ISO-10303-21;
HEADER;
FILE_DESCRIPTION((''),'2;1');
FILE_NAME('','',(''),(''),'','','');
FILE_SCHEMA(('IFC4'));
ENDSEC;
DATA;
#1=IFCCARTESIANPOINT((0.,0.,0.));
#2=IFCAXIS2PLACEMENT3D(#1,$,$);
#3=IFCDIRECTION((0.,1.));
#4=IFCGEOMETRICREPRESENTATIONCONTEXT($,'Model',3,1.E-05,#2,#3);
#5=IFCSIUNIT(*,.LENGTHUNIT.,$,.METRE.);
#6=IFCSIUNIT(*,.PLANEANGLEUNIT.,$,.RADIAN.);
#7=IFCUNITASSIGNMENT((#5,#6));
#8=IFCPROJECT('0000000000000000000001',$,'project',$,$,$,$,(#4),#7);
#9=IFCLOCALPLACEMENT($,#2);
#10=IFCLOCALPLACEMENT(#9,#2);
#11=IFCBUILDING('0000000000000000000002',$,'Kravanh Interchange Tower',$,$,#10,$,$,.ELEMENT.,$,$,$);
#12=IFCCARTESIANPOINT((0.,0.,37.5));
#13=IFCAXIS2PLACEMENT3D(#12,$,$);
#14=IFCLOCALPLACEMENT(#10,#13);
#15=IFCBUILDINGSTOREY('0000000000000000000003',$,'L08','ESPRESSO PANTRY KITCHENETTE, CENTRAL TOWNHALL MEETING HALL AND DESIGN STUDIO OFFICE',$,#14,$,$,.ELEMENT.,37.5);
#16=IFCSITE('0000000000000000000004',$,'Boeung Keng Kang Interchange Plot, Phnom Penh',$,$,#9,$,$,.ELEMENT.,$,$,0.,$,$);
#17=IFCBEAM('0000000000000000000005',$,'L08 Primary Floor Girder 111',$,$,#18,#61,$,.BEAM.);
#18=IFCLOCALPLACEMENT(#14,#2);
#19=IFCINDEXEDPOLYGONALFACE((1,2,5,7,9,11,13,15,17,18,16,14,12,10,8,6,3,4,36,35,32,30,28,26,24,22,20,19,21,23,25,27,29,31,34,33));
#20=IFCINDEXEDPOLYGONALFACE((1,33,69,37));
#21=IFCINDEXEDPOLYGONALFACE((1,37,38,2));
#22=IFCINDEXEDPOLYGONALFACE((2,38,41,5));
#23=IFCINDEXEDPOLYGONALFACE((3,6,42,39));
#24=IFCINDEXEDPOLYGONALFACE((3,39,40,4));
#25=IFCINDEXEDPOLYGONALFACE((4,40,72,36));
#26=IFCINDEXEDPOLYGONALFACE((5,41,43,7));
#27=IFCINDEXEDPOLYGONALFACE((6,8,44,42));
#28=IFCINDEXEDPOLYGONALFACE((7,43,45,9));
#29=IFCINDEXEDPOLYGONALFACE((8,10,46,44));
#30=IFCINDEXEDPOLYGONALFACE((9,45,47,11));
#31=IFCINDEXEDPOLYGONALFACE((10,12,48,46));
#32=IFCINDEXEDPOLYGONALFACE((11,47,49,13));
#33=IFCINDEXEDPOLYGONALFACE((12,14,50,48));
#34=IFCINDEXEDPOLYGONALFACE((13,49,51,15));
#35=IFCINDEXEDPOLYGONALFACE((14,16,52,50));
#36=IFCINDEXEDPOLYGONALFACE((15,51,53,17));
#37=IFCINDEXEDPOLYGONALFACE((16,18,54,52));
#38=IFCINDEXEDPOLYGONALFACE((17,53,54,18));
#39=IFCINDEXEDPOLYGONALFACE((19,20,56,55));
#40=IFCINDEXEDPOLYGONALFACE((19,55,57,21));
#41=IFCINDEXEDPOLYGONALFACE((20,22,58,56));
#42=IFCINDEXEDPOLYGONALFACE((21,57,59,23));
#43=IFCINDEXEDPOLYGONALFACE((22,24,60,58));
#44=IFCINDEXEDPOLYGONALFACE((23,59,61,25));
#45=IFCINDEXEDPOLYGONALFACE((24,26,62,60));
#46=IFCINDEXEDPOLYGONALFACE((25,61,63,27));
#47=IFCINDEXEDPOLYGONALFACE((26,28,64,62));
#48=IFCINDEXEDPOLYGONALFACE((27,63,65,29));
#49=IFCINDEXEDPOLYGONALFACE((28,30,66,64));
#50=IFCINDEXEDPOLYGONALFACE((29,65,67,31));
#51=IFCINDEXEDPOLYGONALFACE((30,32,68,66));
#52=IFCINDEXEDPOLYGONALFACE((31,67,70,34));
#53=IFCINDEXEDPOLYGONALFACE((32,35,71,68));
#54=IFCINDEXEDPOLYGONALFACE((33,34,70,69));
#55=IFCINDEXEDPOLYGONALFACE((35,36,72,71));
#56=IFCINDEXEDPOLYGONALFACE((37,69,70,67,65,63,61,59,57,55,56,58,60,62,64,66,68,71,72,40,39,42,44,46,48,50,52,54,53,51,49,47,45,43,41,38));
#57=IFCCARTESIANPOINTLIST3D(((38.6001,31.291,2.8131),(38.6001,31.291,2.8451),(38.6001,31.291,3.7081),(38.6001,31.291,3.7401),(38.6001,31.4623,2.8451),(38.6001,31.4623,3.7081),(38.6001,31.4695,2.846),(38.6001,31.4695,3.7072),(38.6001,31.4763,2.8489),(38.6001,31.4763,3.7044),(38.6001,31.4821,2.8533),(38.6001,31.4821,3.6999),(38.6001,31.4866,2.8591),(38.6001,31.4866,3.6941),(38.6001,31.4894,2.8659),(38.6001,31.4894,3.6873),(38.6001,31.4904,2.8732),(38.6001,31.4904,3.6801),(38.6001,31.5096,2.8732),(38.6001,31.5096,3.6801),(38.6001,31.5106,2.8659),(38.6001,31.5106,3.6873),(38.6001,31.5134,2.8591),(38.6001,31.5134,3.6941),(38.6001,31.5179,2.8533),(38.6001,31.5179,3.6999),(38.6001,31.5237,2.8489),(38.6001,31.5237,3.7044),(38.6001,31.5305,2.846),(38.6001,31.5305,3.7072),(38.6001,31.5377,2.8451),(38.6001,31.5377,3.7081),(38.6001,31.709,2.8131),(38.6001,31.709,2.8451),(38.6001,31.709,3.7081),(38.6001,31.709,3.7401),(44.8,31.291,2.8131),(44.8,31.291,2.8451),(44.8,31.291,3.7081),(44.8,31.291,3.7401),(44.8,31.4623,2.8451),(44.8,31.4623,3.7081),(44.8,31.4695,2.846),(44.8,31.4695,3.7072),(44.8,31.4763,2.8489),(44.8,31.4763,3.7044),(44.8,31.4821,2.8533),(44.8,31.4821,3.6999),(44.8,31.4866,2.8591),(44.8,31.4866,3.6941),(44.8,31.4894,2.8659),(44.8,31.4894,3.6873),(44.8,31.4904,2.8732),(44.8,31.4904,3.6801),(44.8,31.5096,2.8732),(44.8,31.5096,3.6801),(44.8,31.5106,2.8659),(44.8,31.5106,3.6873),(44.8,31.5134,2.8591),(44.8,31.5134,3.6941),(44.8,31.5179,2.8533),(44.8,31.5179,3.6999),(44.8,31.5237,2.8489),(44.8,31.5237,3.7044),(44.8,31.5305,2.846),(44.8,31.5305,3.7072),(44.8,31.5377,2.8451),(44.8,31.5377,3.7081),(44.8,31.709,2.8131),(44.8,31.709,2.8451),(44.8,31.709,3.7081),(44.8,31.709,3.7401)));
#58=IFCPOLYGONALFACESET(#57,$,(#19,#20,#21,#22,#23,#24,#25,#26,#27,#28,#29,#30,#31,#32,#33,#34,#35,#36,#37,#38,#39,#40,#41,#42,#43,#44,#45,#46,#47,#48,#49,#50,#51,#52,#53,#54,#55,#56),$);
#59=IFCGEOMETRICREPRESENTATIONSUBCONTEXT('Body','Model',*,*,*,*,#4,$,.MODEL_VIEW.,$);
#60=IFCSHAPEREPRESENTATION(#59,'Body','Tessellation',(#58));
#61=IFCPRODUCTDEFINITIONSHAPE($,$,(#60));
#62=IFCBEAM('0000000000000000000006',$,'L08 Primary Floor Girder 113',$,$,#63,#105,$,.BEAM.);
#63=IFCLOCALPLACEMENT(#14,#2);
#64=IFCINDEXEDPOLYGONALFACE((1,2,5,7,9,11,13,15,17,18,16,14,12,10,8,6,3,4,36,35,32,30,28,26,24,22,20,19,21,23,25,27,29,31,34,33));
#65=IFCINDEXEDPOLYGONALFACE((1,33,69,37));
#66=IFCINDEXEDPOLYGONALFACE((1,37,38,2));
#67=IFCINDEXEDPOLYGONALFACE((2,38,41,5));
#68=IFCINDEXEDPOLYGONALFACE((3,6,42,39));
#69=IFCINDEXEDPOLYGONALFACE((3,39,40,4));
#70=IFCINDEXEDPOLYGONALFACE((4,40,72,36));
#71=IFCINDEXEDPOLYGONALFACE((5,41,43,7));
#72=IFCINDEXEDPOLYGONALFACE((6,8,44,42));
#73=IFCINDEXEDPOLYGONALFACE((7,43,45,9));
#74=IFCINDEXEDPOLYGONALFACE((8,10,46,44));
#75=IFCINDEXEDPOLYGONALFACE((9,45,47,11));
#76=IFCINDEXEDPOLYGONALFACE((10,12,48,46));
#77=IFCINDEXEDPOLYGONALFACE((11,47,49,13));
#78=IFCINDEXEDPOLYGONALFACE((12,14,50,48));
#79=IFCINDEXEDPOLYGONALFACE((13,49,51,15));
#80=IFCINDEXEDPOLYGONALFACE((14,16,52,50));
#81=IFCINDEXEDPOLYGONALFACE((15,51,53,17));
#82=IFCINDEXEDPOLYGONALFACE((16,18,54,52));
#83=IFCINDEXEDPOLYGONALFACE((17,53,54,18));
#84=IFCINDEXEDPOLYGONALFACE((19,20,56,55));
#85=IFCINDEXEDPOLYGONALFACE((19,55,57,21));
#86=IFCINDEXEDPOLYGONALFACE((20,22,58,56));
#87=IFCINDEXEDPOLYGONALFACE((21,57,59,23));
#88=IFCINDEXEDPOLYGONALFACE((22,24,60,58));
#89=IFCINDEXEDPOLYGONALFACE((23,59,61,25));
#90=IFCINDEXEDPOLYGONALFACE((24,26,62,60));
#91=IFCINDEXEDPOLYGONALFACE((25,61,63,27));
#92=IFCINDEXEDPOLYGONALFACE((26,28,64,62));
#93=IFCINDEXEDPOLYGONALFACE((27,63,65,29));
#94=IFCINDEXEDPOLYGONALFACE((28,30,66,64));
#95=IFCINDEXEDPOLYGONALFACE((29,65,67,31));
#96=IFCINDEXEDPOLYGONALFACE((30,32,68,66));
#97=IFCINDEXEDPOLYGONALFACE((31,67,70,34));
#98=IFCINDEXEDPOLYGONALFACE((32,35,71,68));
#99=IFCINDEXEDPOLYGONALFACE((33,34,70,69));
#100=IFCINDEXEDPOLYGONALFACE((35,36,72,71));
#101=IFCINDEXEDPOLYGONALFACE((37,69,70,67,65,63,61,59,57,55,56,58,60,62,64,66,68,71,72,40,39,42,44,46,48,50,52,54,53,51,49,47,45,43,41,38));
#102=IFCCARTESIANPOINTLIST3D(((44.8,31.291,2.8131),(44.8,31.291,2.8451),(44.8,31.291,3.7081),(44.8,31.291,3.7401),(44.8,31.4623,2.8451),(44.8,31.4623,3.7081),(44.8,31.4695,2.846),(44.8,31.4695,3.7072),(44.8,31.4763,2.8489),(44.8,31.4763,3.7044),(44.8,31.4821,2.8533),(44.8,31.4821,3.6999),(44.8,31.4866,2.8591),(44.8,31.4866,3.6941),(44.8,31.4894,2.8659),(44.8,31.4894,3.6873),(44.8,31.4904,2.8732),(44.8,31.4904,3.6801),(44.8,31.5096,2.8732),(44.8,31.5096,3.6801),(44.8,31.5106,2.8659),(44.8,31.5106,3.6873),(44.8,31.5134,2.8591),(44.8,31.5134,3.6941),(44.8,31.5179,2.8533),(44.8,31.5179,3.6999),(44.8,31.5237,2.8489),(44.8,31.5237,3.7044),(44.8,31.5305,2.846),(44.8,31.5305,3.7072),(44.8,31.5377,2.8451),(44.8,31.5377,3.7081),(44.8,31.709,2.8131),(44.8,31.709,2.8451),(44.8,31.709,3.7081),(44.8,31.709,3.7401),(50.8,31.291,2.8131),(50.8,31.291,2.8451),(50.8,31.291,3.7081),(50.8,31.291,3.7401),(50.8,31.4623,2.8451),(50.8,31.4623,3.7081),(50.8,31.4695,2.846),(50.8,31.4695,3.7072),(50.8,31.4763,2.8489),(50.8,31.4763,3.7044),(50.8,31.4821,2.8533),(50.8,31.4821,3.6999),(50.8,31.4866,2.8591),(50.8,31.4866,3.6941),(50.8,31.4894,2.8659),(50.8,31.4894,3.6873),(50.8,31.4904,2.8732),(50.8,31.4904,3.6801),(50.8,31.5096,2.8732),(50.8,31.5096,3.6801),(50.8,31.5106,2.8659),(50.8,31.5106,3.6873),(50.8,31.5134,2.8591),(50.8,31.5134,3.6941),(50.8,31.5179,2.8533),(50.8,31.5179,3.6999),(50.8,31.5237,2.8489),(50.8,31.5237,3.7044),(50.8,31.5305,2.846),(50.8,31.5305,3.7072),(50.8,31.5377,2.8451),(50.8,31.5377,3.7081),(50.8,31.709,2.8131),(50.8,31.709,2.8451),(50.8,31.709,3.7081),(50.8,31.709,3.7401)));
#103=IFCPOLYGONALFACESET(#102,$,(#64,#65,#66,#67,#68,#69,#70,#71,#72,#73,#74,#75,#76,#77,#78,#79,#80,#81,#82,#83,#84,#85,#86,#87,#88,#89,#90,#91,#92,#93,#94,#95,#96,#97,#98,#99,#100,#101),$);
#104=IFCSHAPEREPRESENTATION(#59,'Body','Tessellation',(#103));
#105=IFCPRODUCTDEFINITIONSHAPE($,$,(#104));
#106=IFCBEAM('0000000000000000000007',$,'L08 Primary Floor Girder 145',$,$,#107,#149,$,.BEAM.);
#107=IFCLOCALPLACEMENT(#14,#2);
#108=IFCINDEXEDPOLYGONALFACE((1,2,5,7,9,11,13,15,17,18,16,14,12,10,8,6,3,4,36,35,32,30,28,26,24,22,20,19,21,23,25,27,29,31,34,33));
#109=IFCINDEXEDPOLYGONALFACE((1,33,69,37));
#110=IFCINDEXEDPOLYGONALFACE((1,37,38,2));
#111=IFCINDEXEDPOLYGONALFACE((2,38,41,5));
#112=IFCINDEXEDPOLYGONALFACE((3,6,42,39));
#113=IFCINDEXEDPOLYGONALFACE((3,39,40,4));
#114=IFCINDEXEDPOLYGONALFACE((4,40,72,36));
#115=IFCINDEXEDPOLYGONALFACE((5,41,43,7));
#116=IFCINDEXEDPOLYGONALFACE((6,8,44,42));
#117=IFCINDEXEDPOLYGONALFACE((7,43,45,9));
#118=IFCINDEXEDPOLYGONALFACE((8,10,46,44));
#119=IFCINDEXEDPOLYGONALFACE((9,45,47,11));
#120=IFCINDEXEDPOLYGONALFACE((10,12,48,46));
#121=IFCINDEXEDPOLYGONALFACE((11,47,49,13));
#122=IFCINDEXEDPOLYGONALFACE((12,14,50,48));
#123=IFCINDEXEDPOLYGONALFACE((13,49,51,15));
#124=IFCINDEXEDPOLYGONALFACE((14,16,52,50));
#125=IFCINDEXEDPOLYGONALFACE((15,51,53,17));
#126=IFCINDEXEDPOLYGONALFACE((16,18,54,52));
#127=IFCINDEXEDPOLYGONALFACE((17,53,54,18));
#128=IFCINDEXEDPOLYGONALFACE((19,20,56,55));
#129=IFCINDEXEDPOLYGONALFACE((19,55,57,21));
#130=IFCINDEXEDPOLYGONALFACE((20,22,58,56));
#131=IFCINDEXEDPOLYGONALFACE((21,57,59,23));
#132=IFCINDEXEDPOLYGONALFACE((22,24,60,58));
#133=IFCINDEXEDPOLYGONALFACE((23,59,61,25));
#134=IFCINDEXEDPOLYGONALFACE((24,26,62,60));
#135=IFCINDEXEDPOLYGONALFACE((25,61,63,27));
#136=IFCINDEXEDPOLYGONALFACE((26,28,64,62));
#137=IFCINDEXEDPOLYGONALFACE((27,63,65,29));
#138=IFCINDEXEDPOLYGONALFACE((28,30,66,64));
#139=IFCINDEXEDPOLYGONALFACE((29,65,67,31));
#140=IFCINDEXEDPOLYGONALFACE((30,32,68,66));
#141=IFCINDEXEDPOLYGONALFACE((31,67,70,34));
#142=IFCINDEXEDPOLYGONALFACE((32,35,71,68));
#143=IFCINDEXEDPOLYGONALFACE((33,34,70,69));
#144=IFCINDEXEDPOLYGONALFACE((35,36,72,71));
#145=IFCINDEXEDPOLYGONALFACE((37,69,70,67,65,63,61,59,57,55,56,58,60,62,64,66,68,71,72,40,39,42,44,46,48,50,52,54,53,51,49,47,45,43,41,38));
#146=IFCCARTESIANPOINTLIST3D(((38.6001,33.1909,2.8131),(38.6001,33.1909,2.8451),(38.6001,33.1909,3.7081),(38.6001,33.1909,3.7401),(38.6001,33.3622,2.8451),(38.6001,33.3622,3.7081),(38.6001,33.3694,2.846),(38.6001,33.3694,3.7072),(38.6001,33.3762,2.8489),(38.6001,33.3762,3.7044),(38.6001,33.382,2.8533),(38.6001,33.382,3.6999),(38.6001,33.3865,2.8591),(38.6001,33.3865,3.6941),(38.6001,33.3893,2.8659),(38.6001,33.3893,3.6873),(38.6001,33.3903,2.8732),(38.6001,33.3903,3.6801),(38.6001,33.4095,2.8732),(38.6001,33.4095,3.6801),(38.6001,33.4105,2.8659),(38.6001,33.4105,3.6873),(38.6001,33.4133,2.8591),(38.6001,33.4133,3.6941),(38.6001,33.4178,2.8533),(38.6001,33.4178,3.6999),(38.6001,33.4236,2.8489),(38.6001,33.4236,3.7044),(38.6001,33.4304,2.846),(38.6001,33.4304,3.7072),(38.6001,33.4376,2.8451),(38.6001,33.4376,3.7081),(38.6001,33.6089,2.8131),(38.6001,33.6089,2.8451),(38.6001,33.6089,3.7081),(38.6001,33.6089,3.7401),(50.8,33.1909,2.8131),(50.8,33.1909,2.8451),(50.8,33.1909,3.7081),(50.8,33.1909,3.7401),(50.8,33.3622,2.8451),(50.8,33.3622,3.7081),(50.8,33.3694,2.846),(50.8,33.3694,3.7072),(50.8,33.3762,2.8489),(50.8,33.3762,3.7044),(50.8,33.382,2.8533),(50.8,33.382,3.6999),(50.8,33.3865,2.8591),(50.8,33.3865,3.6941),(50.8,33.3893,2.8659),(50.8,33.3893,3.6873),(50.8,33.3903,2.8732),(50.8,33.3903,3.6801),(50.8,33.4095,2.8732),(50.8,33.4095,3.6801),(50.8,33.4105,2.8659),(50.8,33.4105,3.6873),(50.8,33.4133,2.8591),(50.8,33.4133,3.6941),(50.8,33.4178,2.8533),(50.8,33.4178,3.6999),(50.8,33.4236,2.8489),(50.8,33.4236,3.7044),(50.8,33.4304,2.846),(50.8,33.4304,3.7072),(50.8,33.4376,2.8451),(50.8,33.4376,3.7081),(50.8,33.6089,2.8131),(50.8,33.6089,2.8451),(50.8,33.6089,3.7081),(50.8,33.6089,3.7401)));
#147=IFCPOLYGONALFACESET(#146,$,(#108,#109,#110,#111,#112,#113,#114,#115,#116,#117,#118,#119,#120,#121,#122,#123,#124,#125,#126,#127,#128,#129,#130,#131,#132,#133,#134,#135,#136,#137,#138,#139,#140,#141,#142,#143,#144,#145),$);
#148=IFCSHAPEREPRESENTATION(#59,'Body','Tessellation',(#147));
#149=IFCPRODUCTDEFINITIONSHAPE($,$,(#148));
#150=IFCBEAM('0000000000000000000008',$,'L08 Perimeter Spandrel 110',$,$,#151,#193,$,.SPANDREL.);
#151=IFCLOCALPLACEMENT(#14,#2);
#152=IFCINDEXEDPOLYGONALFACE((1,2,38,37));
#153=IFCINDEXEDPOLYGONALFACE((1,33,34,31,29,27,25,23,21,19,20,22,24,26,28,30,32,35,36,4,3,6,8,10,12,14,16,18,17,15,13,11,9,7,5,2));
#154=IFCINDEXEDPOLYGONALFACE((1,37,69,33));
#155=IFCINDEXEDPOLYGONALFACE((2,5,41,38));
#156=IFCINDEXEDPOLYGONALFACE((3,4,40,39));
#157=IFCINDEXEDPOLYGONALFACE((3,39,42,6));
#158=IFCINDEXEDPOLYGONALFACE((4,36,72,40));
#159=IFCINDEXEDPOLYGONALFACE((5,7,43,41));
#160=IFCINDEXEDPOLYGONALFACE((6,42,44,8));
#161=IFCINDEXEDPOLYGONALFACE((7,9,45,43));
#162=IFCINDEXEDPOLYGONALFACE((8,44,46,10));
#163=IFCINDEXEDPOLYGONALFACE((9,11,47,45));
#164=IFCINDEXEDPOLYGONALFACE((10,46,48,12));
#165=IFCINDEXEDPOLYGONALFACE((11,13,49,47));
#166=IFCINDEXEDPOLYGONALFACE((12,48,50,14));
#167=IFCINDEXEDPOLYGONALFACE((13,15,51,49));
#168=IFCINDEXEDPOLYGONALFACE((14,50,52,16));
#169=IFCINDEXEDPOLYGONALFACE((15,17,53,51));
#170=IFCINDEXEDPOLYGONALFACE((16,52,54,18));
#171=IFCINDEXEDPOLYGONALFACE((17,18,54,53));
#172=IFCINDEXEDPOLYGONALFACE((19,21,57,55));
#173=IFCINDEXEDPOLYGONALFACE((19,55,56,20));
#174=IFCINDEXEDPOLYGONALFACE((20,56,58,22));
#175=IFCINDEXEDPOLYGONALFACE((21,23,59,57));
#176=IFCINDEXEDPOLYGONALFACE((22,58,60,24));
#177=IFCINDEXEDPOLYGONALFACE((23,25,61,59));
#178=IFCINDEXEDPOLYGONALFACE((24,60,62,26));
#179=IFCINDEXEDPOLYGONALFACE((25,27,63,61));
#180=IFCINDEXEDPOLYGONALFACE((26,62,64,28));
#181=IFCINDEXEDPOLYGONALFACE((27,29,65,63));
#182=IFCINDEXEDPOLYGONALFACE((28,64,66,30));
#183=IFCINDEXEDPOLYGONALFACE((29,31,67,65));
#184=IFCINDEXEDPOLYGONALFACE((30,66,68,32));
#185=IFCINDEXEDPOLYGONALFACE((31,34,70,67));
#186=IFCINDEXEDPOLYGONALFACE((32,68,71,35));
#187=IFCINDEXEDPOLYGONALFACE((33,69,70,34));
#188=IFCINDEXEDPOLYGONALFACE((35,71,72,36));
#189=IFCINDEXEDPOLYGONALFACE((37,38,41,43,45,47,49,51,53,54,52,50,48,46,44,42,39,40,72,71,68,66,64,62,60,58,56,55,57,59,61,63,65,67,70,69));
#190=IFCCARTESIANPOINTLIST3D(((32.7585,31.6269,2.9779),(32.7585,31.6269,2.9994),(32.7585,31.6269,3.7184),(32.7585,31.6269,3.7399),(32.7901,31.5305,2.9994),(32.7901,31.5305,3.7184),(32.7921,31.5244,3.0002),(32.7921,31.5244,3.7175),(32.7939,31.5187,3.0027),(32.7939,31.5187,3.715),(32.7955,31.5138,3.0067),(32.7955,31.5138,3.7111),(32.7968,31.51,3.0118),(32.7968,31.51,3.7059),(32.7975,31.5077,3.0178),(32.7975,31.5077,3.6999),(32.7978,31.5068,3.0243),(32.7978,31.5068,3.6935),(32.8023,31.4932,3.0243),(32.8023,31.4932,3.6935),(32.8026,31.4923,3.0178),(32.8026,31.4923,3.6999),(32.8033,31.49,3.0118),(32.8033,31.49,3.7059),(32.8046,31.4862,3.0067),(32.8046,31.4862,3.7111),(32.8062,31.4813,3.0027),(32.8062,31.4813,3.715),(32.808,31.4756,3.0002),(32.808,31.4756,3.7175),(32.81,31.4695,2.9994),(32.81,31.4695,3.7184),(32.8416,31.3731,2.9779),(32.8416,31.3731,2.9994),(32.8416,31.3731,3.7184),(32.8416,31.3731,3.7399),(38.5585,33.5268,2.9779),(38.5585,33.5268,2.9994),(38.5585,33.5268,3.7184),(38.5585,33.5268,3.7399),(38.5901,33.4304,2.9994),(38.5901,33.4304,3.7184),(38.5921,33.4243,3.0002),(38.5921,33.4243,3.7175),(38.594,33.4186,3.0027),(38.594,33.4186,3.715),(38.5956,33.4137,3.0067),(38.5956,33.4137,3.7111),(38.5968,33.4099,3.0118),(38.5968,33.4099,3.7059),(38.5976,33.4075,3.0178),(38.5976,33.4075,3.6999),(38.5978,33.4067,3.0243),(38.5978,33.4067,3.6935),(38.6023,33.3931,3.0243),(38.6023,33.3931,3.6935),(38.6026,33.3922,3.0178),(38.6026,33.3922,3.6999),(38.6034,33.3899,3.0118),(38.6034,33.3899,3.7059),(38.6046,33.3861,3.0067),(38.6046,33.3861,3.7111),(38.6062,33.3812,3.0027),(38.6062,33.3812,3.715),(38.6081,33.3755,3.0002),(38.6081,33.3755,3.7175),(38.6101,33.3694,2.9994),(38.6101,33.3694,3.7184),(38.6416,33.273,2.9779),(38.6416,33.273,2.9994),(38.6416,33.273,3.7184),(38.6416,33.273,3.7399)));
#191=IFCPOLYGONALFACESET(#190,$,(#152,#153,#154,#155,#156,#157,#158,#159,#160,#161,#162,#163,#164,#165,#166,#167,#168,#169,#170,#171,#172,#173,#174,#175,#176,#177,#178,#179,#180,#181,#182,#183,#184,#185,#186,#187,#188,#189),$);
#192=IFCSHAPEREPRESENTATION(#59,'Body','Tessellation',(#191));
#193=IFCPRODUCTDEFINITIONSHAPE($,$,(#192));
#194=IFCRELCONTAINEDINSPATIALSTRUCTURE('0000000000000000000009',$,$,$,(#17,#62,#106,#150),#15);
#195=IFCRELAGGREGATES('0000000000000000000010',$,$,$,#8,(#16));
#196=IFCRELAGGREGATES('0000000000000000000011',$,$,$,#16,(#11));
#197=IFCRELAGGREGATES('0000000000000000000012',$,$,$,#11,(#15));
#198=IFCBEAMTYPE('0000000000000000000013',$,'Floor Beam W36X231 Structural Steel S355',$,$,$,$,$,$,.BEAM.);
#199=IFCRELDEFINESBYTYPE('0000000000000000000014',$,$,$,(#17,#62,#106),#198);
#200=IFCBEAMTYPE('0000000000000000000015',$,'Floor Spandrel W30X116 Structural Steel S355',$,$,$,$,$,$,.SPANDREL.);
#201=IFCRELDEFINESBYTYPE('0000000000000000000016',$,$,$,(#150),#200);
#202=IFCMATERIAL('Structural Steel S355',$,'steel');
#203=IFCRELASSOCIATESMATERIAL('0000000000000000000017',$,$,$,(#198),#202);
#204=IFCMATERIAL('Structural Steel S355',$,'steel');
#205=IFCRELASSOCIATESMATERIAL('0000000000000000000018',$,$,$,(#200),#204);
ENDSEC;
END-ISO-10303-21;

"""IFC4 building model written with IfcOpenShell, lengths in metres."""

from ifc_helpers import new_model, si_unit, direction, frame, origin, origin_2d, place, context, subcontext, project, spatial, i_section, extrude, material, material_profile, profile_set, type_object, element, save


model = new_model("IFC4")

# Units and contexts
model_context = context("Model", 3, precision=1e-05, world=origin(), true_north=direction((0.0, 1.0)))
body_context = subcontext(model_context, "Body", "Model", "MODEL_VIEW")
ifc_project = project(units=[si_unit("LENGTHUNIT", "METRE"), si_unit("PLANEANGLEUNIT", "RADIAN")], contexts=[model_context])

# Site, building, storey
site_placement = place(None, origin())
site = spatial("IfcSite", under=ifc_project, at=site_placement, Name="Boeung Keng Kang Interchange Plot, Phnom Penh", CompositionType="ELEMENT", RefElevation=0.0)
building_placement = place(site_placement, origin())
building = spatial("IfcBuilding", under=site, at=building_placement, Name="Kravanh Interchange Tower", CompositionType="ELEMENT")
storey_placement = place(building_placement, frame((0.0, 0.0, 37.5)))
storey = spatial("IfcBuildingStorey", under=building, at=storey_placement, Name="L08", Description="ESPRESSO PANTRY KITCHENETTE, CENTRAL TOWNHALL MEETING HALL AND DESIGN STUDIO OFFICE", CompositionType="ELEMENT", Elevation=37.5)

# Beams
ifc_material_1 = material(Name="Structural Steel S355", Category="steel")
ifc_material_profile_1 = material_profile(ifc_material_1, i_section(OverallWidth=0.418, OverallDepth=0.927, WebThickness=0.0193, FlangeThickness=0.032, FilletRadius=0.0281, at=origin_2d()), Name="W36X231")
ifc_profile_set_1 = profile_set([ifc_material_profile_1], Name="Structural Steel S355")
beam_type_1 = type_object("IfcBeamType", Name="Floor Beam W36X231 Structural Steel S355", PredefinedType="BEAM", material=ifc_profile_set_1)
beam_1_placement = place(storey_placement, frame((38.6001, 31.5, 3.2766), z_axis=(1.0, 0.0, 0.0), x_axis=(0.0, 1.0, 0.0)))
element("IfcBeam", 1, at=beam_1_placement, inside=storey, type_object=beam_type_1, Name="L08 Primary Floor Girder 111", PredefinedType="BEAM", context=body_context, shape_type="SweptSolid", body=[
    extrude(i_section(OverallWidth=0.418, OverallDepth=0.927, WebThickness=0.0193, FlangeThickness=0.032, FilletRadius=0.0281, at=origin_2d()), origin(), (0.0, 0.0, 1.0), 6.2),
])
beam_2_placement = place(storey_placement, frame((44.8, 31.5, 3.2766), z_axis=(1.0, 0.0, 0.0), x_axis=(0.0, 1.0, 0.0)))
element("IfcBeam", 2, at=beam_2_placement, inside=storey, type_object=beam_type_1, Name="L08 Primary Floor Girder 113", PredefinedType="BEAM", context=body_context, shape_type="SweptSolid", body=[
    extrude(i_section(OverallWidth=0.418, OverallDepth=0.927, WebThickness=0.0193, FlangeThickness=0.032, FilletRadius=0.0281, at=origin_2d()), origin(), (0.0, 0.0, 1.0), 6.0),
])
beam_3_placement = place(storey_placement, frame((38.6001, 33.3999, 3.2766), z_axis=(1.0, 0.0, 0.0), x_axis=(0.0, 1.0, 0.0)))
element("IfcBeam", 3, at=beam_3_placement, inside=storey, type_object=beam_type_1, Name="L08 Primary Floor Girder 145", PredefinedType="BEAM", context=body_context, shape_type="SweptSolid", body=[
    extrude(i_section(OverallWidth=0.418, OverallDepth=0.927, WebThickness=0.0193, FlangeThickness=0.032, FilletRadius=0.0281, at=origin_2d()), origin(), (0.0, 0.0, 1.0), 12.2),
])
ifc_material_2 = material(Name="Structural Steel S355", Category="steel")
ifc_material_profile_2 = material_profile(ifc_material_2, i_section(OverallWidth=0.2671, OverallDepth=0.762, WebThickness=0.0144, FlangeThickness=0.0215, FilletRadius=0.0249, at=origin_2d()), Name="W30X116")
ifc_profile_set_2 = profile_set([ifc_material_profile_2], Name="Structural Steel S355")
beam_type_2 = type_object("IfcBeamType", Name="Floor Spandrel W30X116 Structural Steel S355", PredefinedType="SPANDREL", material=ifc_profile_set_2)
beam_4_placement = place(storey_placement, frame((32.8, 31.5, 3.3589), z_axis=(0.950315, 0.311291, 0.0), x_axis=(-0.311291, 0.950315, 0.0)))
element("IfcBeam", 4, at=beam_4_placement, inside=storey, type_object=beam_type_2, Name="L08 Perimeter Spandrel 110", PredefinedType="SPANDREL", context=body_context, shape_type="SweptSolid", body=[
    extrude(i_section(OverallWidth=0.2671, OverallDepth=0.762, WebThickness=0.0144, FlangeThickness=0.0215, FilletRadius=0.0249, at=origin_2d()), origin(), (0.0, 0.0, 1.0), 6.1033),
])

save(model, "model.ifc")
